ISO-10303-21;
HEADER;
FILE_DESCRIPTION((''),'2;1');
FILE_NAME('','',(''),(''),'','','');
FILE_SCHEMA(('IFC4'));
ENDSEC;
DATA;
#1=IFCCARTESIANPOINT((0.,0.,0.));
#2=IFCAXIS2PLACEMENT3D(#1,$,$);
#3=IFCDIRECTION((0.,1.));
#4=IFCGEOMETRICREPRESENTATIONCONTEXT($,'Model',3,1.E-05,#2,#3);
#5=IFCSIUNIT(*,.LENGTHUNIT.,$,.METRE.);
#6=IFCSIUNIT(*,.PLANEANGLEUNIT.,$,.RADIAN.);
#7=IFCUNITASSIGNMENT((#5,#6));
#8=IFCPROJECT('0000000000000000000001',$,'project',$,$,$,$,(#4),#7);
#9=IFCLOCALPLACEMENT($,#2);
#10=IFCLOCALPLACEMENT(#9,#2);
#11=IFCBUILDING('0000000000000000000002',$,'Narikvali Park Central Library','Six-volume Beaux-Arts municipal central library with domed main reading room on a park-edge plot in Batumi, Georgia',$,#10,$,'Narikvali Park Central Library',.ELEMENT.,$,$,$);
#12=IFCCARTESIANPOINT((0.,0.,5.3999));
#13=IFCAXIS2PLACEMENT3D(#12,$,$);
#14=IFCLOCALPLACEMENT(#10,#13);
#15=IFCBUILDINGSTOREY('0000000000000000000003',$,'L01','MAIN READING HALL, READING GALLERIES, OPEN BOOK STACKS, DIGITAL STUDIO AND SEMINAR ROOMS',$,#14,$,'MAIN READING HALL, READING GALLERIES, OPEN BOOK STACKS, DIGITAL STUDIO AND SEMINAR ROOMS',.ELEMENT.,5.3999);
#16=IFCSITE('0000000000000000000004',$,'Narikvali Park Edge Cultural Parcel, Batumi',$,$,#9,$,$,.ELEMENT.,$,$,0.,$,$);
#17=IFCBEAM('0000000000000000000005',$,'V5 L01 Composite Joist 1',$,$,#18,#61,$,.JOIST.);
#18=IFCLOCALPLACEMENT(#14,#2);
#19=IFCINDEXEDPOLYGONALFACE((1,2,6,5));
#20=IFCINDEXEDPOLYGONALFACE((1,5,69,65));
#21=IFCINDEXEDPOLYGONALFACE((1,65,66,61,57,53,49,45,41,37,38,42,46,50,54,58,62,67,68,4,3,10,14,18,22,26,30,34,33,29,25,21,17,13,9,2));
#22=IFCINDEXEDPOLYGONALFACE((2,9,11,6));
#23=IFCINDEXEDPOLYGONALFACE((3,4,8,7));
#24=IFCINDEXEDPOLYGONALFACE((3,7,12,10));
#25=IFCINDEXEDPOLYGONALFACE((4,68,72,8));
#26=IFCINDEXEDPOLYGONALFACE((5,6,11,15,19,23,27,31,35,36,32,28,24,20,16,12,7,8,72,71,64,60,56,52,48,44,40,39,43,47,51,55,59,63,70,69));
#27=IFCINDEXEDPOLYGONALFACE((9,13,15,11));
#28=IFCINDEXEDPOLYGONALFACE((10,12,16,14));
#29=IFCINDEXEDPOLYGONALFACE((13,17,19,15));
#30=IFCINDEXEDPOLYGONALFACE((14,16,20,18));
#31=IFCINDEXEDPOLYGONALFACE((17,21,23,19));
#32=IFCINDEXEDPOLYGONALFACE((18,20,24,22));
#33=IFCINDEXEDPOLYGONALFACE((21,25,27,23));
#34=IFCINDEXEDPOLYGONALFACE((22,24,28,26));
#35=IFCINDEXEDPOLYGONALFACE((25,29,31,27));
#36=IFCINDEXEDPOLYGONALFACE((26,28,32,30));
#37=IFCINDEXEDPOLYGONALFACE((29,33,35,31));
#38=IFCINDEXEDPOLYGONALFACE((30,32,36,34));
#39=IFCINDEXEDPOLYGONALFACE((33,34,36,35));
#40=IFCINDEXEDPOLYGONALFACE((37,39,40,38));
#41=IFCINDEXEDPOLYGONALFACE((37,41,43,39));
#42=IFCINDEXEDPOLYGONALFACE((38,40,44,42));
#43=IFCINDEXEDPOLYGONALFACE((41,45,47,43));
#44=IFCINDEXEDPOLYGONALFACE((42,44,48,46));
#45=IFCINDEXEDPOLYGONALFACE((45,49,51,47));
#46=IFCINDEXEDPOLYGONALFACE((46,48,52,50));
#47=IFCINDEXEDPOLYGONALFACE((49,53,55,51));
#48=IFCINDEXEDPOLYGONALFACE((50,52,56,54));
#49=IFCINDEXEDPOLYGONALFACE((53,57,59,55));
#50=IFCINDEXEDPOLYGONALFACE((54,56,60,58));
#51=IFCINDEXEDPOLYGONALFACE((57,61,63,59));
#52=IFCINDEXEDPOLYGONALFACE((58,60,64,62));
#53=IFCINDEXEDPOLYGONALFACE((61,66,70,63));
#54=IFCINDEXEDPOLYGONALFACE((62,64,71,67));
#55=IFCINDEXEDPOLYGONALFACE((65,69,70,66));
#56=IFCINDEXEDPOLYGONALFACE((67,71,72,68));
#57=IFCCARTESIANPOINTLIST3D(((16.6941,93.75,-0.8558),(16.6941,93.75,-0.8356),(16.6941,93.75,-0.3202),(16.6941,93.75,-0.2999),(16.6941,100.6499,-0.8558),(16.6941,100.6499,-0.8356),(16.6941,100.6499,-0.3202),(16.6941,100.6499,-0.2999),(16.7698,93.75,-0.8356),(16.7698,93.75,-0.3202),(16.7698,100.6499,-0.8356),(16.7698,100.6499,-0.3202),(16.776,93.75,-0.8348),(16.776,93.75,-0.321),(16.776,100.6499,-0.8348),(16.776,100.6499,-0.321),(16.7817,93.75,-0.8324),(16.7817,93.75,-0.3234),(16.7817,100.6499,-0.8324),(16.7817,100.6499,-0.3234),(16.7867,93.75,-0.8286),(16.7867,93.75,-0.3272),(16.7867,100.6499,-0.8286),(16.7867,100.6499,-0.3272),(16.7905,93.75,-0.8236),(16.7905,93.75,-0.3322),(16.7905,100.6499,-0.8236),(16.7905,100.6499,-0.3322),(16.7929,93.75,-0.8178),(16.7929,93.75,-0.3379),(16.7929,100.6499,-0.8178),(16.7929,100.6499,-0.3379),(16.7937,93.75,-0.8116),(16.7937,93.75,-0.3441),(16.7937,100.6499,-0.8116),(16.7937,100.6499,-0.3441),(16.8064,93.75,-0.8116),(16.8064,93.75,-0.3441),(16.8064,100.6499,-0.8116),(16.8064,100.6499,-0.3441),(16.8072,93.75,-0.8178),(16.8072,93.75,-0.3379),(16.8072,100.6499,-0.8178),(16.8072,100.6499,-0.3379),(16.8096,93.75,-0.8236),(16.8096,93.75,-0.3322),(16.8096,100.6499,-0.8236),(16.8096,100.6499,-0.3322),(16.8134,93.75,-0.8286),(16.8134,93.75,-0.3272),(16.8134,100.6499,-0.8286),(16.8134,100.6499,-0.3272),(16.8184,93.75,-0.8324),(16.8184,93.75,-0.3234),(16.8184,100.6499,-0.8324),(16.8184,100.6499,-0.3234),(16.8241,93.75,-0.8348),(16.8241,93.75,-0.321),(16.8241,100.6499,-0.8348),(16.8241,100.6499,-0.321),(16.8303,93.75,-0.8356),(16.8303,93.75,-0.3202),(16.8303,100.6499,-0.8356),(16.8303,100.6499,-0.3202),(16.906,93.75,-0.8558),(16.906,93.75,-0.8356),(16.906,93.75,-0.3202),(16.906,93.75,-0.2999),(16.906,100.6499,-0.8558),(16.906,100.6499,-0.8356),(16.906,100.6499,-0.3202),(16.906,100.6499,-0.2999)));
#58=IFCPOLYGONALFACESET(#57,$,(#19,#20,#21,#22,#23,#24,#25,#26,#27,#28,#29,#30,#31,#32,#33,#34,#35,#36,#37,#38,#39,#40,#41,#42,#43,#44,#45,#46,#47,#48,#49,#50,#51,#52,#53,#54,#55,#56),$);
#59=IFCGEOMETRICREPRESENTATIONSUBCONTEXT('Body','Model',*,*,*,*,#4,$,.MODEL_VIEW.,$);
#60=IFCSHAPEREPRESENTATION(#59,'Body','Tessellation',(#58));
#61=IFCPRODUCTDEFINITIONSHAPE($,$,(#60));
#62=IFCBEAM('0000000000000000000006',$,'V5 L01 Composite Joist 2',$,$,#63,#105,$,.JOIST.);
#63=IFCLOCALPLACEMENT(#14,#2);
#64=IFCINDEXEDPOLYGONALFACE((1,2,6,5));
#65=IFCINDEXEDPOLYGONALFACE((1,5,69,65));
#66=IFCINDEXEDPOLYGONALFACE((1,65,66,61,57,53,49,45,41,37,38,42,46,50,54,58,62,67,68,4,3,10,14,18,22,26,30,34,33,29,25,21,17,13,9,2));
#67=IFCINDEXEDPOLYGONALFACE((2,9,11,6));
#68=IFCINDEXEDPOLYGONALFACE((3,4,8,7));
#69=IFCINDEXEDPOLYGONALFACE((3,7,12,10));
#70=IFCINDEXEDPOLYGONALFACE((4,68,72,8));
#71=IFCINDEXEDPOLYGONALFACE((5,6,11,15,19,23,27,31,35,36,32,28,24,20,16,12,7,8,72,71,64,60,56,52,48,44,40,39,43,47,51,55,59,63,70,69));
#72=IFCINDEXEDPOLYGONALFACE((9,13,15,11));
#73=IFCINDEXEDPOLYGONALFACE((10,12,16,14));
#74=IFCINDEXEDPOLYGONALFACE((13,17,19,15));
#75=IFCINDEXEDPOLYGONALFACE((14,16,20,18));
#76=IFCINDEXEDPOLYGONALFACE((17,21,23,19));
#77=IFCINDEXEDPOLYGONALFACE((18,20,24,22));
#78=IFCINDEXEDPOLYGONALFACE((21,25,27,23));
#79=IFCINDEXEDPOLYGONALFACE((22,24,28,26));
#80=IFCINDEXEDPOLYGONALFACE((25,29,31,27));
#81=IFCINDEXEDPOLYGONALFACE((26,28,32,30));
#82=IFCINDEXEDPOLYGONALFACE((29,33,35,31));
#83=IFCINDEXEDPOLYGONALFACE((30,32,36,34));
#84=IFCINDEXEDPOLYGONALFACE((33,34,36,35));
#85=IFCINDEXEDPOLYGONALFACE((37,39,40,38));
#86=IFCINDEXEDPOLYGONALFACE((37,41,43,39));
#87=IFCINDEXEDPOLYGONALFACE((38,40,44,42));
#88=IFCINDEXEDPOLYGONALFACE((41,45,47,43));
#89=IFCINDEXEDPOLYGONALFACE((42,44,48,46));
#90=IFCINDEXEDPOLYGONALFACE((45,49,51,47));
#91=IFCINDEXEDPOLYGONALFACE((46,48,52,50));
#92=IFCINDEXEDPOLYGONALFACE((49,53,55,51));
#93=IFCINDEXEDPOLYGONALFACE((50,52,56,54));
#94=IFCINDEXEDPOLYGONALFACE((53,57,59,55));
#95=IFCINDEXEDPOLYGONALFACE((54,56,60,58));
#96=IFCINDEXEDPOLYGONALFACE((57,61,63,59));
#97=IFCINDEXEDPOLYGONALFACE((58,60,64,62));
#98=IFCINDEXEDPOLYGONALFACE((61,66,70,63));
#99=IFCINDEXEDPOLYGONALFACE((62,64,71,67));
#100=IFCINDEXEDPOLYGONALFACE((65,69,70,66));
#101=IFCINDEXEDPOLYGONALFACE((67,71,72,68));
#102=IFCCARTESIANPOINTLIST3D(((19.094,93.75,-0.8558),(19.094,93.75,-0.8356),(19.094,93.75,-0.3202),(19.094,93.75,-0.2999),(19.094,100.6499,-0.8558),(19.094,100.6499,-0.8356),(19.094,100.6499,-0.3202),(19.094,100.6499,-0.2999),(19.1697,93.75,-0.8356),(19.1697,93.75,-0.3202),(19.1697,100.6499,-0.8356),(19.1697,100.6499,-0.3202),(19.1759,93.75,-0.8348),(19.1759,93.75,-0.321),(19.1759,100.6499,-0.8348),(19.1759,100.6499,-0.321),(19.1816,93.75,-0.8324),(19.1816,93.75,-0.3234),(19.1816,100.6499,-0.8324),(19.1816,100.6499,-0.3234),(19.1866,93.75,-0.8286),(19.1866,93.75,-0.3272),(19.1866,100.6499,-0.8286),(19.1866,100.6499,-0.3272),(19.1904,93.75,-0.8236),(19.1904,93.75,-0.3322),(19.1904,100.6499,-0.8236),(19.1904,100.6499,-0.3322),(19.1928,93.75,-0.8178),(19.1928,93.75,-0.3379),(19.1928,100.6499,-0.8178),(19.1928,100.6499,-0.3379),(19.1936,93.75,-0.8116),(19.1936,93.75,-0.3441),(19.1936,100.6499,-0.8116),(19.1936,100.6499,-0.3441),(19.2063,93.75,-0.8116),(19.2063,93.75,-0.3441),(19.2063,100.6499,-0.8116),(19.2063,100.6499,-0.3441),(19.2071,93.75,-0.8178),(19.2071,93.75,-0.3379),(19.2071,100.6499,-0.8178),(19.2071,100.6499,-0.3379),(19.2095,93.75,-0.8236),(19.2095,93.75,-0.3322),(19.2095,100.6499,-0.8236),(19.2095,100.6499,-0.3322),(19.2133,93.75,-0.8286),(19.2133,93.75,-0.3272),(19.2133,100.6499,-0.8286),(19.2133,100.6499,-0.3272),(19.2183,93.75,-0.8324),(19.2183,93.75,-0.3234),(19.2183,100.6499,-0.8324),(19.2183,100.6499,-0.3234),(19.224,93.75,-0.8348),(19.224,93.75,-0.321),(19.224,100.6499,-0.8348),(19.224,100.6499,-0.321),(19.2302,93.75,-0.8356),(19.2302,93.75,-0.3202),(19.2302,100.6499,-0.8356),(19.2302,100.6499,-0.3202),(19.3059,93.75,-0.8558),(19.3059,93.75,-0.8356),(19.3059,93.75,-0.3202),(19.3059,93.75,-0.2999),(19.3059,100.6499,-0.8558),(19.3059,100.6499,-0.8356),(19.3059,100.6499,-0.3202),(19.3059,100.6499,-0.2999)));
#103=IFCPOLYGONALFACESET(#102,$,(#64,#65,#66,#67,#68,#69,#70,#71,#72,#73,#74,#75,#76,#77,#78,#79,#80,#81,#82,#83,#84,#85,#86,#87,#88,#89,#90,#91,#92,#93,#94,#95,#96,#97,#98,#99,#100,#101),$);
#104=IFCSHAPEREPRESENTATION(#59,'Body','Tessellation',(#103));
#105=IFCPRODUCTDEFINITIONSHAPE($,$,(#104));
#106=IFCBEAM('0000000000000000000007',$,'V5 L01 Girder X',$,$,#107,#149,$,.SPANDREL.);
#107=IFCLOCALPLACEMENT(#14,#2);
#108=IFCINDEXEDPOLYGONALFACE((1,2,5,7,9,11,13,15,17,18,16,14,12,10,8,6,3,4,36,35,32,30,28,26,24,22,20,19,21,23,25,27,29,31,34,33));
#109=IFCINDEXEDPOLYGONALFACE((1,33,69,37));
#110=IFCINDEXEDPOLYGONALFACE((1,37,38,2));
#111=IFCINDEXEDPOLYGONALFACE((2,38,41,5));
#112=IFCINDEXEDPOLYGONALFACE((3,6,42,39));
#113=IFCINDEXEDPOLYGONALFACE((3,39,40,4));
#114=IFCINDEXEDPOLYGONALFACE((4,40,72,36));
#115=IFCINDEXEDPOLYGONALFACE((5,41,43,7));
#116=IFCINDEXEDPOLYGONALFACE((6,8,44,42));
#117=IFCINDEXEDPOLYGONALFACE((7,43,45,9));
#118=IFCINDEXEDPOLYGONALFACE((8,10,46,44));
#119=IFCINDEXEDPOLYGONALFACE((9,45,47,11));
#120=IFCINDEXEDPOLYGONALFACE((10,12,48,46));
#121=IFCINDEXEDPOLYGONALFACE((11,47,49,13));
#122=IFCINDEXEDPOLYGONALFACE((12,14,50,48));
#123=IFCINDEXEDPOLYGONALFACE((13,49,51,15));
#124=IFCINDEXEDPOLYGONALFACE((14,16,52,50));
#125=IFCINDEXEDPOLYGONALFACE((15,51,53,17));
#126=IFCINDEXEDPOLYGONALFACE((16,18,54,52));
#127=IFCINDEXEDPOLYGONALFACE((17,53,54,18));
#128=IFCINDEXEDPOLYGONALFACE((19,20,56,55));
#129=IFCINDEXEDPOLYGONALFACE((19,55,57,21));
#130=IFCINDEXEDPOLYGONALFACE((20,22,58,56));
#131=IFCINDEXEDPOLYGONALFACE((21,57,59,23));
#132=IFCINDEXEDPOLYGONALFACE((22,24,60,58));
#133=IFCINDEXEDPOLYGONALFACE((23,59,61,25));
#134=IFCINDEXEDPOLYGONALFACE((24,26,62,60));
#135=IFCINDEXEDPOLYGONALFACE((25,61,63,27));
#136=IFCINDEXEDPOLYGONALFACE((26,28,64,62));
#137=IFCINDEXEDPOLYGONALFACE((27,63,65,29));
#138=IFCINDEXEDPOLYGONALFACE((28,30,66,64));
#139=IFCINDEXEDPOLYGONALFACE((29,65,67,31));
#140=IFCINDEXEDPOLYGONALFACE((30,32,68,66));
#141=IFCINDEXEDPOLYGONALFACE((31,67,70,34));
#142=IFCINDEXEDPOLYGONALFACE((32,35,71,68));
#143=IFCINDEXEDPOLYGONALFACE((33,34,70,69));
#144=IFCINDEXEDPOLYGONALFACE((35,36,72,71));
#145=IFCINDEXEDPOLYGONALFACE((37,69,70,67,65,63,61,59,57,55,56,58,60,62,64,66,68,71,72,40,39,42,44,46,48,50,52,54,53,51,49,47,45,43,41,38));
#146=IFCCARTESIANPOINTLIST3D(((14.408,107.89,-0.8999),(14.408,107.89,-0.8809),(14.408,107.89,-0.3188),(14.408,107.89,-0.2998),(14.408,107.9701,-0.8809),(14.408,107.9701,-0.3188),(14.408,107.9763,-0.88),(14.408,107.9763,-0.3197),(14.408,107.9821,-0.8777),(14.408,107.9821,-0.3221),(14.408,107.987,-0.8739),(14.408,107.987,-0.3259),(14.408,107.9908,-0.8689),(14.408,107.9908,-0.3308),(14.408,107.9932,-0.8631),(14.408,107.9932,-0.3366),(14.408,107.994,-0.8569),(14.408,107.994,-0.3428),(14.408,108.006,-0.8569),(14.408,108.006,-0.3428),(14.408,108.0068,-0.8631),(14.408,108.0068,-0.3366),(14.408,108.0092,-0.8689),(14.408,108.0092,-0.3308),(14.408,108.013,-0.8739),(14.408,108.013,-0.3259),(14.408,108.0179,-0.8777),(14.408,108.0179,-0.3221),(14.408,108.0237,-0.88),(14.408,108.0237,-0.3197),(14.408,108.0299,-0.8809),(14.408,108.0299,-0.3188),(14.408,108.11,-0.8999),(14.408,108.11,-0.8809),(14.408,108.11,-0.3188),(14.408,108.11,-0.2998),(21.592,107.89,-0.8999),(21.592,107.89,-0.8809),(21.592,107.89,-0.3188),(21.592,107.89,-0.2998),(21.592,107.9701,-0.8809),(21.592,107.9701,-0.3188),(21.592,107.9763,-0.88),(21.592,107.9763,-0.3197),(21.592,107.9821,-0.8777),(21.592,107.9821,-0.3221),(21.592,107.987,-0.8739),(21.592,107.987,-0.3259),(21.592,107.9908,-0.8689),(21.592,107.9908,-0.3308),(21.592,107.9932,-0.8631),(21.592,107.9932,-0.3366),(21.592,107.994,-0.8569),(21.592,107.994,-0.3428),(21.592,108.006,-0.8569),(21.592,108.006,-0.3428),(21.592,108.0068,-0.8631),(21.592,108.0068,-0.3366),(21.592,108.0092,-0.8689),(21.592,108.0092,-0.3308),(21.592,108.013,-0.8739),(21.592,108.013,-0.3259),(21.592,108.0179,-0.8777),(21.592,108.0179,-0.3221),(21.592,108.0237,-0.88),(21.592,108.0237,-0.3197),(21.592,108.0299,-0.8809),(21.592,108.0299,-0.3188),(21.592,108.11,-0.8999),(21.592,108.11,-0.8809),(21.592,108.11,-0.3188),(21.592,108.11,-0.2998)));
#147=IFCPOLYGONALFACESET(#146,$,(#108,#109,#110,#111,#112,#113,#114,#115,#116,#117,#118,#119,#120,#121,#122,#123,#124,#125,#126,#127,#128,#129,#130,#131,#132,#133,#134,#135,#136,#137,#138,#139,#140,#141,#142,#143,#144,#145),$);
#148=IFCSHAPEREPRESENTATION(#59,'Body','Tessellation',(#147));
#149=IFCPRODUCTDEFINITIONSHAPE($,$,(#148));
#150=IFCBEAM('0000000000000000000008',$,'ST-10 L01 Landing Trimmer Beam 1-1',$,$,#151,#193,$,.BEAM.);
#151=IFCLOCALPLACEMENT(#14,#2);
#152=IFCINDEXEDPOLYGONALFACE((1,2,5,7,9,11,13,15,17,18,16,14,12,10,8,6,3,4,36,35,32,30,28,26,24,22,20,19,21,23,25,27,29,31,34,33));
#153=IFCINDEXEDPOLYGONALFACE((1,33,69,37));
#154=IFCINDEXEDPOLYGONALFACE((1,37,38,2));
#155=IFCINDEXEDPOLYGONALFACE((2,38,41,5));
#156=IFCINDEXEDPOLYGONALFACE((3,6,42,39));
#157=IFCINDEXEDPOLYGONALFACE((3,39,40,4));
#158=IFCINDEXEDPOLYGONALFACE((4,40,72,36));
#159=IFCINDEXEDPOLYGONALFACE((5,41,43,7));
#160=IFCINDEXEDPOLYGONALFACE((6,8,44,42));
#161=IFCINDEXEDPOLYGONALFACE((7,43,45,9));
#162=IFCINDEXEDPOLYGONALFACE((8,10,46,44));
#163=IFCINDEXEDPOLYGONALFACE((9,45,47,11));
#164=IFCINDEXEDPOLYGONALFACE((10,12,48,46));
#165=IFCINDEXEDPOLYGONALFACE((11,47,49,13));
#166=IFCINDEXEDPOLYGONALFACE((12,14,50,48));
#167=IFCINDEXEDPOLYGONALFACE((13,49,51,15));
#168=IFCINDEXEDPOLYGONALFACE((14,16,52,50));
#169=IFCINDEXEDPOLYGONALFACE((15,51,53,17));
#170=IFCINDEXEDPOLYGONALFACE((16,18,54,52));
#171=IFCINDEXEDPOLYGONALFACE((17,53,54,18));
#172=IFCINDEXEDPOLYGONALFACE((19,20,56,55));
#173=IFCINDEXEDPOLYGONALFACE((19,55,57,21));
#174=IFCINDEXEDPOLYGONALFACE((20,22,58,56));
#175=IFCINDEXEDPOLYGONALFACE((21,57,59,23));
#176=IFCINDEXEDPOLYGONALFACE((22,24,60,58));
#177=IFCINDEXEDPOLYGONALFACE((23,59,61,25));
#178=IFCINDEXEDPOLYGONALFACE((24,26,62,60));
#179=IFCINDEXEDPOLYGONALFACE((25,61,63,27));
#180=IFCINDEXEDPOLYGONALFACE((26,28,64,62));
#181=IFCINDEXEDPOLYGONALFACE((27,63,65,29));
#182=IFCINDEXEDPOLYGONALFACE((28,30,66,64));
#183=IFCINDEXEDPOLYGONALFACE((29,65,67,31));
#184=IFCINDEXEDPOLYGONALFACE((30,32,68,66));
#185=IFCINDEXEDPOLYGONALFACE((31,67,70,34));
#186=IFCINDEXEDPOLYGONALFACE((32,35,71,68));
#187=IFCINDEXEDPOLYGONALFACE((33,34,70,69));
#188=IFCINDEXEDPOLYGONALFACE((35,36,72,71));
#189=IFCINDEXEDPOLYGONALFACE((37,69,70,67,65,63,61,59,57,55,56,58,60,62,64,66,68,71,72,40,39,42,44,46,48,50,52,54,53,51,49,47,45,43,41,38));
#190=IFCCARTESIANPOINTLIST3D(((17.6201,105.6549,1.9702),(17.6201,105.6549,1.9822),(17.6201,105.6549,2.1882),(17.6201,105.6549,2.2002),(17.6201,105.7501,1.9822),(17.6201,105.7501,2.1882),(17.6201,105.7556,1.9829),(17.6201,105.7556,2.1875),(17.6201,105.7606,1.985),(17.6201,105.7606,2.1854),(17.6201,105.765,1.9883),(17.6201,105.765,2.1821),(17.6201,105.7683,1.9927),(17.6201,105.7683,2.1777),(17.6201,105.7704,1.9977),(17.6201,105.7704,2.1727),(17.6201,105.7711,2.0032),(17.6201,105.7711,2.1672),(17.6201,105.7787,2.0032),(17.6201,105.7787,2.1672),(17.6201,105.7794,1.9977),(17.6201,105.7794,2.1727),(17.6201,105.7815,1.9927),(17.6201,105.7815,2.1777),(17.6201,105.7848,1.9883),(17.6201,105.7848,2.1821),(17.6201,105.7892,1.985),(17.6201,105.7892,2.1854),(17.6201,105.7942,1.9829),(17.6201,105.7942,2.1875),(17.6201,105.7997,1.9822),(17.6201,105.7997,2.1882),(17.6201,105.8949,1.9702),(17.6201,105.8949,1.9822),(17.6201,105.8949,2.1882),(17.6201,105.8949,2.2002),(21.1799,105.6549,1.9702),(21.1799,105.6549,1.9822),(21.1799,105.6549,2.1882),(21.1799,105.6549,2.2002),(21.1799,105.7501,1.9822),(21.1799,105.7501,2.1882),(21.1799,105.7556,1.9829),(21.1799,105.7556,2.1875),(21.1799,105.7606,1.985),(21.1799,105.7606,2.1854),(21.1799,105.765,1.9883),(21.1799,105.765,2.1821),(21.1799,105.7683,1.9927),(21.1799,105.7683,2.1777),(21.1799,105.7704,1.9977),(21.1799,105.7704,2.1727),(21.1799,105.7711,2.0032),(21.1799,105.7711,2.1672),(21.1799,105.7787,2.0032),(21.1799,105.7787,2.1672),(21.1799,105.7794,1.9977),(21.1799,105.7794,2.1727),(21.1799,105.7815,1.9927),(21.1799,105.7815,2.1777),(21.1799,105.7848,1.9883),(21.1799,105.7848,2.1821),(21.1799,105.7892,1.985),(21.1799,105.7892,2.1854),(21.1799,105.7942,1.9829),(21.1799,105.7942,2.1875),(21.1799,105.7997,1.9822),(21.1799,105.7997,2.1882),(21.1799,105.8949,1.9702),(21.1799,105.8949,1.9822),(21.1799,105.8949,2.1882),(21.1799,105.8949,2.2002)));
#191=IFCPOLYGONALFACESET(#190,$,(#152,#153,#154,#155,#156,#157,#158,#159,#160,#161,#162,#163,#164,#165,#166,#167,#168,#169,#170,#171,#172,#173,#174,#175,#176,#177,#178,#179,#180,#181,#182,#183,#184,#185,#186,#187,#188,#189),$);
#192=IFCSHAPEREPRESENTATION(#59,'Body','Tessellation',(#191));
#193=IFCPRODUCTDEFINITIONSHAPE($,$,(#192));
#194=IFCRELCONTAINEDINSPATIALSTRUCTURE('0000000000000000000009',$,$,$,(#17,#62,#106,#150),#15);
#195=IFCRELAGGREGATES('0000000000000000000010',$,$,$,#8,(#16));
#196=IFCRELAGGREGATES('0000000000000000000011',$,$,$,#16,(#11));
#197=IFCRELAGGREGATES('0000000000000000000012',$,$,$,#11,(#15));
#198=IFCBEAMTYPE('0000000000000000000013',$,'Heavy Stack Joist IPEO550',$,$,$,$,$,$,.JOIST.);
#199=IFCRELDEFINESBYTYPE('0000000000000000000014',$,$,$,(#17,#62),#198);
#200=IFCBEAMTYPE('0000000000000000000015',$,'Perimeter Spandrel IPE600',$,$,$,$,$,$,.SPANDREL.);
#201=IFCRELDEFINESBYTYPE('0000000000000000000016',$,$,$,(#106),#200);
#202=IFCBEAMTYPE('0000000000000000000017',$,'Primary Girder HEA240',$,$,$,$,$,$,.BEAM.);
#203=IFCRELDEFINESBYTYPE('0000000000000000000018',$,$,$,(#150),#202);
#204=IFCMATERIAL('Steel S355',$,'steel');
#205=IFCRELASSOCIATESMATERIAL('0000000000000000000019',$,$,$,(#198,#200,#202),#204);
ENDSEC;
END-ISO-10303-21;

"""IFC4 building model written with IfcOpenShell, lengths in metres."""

from ifc_helpers import new_model, si_unit, direction, frame, origin, origin_2d, place, context, subcontext, project, spatial, i_section, extrude, material, material_profile, profile_set, type_object, element, save


model = new_model("IFC4")

# Units and contexts
model_context = context("Model", 3, precision=1e-05, world=origin(), true_north=direction((0.0, 1.0)))
body_context = subcontext(model_context, "Body", "Model", "MODEL_VIEW")
ifc_project = project(units=[si_unit("LENGTHUNIT", "METRE"), si_unit("PLANEANGLEUNIT", "RADIAN")], contexts=[model_context])

# Site, building, storey
site_placement = place(None, origin())
site = spatial("IfcSite", under=ifc_project, at=site_placement, Name="Narikvali Park Edge Cultural Parcel, Batumi", CompositionType="ELEMENT", RefElevation=0.0)
building_placement = place(site_placement, origin())
building = spatial("IfcBuilding", under=site, at=building_placement, Name="Narikvali Park Central Library", Description="Six-volume Beaux-Arts municipal central library with domed main reading room on a park-edge plot in Batumi, Georgia", LongName="Narikvali Park Central Library", CompositionType="ELEMENT")
storey_placement = place(building_placement, frame((0.0, 0.0, 5.3999)))
storey = spatial("IfcBuildingStorey", under=building, at=storey_placement, Name="L01", Description="MAIN READING HALL, READING GALLERIES, OPEN BOOK STACKS, DIGITAL STUDIO AND SEMINAR ROOMS", LongName="MAIN READING HALL, READING GALLERIES, OPEN BOOK STACKS, DIGITAL STUDIO AND SEMINAR ROOMS", CompositionType="ELEMENT", Elevation=5.3999)

# Shared definitions
ifc_material_1 = material(Name="Steel S355", Category="steel")

# Beams
ifc_material_profile_1 = material_profile(ifc_material_1, i_section(OverallWidth=0.2119, OverallDepth=0.5559, WebThickness=0.0127, FlangeThickness=0.0203, FilletRadius=0.0239, at=origin_2d()), Name="IPEO 550")
ifc_profile_set_1 = profile_set([ifc_material_profile_1], Name="Steel S355")
beam_type_1 = type_object("IfcBeamType", Name="Heavy Stack Joist IPEO550", PredefinedType="JOIST", material=ifc_profile_set_1)
for number, where, z_axis, x_axis, name in (
    (1, (16.8, 93.75, -0.5779), (0.0, 1.0, 0.0), (-1.0, 0.0, 0.0), "V5 L01 Composite Joist 1"),
    (2, (19.2, 93.75, -0.5779), (0.0, 1.0, 0.0), (-1.0, 0.0, 0.0), "V5 L01 Composite Joist 2"),
):
    element("IfcBeam", number, at=place(storey_placement, frame(where, z_axis=z_axis, x_axis=x_axis)), inside=storey, type_object=beam_type_1, Name=name, PredefinedType="JOIST", context=body_context, shape_type="SweptSolid", body=[
        extrude(i_section(OverallWidth=0.2119, OverallDepth=0.5559, WebThickness=0.0127, FlangeThickness=0.0203, FilletRadius=0.0239, at=origin_2d()), origin(), (0.0, 0.0, 1.0), 6.8999),
    ])
ifc_material_profile_2 = material_profile(ifc_material_1, i_section(OverallWidth=0.22, OverallDepth=0.6001, WebThickness=0.012, FlangeThickness=0.019, FilletRadius=0.0239, at=origin_2d()), Name="IPE 600")
ifc_profile_set_2 = profile_set([ifc_material_profile_2], Name="Steel S355")
beam_type_2 = type_object("IfcBeamType", Name="Perimeter Spandrel IPE600", PredefinedType="SPANDREL", material=ifc_profile_set_2)
beam_1_placement = place(storey_placement, frame((14.408, 108.0, -0.5999), z_axis=(1.0, 0.0, 0.0), x_axis=(0.0, 1.0, 0.0)))
element("IfcBeam", 3, at=beam_1_placement, inside=storey, type_object=beam_type_2, Name="V5 L01 Girder X", PredefinedType="SPANDREL", context=body_context, shape_type="SweptSolid", body=[
    extrude(i_section(OverallWidth=0.22, OverallDepth=0.6001, WebThickness=0.012, FlangeThickness=0.019, FilletRadius=0.0239, at=origin_2d()), origin(), (0.0, 0.0, 1.0), 7.1841),
])
ifc_material_profile_3 = material_profile(ifc_material_1, i_section(OverallWidth=0.24, OverallDepth=0.23, WebThickness=0.0076, FlangeThickness=0.012, FilletRadius=0.021, at=origin_2d()), Name="HEA 240")
ifc_profile_set_3 = profile_set([ifc_material_profile_3], Name="Steel S355")
beam_type_3 = type_object("IfcBeamType", Name="Primary Girder HEA240", PredefinedType="BEAM", material=ifc_profile_set_3)
for number, where, z_axis, x_axis, name in (
    (4, (17.6201, 105.7749, 2.0852), (1.0, 0.0, 0.0), (0.0, 1.0, 0.0), "ST-10 L01 Landing Trimmer Beam 1-1"),
):
    element("IfcBeam", number, at=place(storey_placement, frame(where, z_axis=z_axis, x_axis=x_axis)), inside=storey, type_object=beam_type_3, Name=name, PredefinedType="BEAM", context=body_context, shape_type="SweptSolid", body=[
        extrude(i_section(OverallWidth=0.24, OverallDepth=0.23, WebThickness=0.0076, FlangeThickness=0.012, FilletRadius=0.021, at=origin_2d()), origin(), (0.0, 0.0, 1.0), 3.5598),
    ])

save(model, "model.ifc")
